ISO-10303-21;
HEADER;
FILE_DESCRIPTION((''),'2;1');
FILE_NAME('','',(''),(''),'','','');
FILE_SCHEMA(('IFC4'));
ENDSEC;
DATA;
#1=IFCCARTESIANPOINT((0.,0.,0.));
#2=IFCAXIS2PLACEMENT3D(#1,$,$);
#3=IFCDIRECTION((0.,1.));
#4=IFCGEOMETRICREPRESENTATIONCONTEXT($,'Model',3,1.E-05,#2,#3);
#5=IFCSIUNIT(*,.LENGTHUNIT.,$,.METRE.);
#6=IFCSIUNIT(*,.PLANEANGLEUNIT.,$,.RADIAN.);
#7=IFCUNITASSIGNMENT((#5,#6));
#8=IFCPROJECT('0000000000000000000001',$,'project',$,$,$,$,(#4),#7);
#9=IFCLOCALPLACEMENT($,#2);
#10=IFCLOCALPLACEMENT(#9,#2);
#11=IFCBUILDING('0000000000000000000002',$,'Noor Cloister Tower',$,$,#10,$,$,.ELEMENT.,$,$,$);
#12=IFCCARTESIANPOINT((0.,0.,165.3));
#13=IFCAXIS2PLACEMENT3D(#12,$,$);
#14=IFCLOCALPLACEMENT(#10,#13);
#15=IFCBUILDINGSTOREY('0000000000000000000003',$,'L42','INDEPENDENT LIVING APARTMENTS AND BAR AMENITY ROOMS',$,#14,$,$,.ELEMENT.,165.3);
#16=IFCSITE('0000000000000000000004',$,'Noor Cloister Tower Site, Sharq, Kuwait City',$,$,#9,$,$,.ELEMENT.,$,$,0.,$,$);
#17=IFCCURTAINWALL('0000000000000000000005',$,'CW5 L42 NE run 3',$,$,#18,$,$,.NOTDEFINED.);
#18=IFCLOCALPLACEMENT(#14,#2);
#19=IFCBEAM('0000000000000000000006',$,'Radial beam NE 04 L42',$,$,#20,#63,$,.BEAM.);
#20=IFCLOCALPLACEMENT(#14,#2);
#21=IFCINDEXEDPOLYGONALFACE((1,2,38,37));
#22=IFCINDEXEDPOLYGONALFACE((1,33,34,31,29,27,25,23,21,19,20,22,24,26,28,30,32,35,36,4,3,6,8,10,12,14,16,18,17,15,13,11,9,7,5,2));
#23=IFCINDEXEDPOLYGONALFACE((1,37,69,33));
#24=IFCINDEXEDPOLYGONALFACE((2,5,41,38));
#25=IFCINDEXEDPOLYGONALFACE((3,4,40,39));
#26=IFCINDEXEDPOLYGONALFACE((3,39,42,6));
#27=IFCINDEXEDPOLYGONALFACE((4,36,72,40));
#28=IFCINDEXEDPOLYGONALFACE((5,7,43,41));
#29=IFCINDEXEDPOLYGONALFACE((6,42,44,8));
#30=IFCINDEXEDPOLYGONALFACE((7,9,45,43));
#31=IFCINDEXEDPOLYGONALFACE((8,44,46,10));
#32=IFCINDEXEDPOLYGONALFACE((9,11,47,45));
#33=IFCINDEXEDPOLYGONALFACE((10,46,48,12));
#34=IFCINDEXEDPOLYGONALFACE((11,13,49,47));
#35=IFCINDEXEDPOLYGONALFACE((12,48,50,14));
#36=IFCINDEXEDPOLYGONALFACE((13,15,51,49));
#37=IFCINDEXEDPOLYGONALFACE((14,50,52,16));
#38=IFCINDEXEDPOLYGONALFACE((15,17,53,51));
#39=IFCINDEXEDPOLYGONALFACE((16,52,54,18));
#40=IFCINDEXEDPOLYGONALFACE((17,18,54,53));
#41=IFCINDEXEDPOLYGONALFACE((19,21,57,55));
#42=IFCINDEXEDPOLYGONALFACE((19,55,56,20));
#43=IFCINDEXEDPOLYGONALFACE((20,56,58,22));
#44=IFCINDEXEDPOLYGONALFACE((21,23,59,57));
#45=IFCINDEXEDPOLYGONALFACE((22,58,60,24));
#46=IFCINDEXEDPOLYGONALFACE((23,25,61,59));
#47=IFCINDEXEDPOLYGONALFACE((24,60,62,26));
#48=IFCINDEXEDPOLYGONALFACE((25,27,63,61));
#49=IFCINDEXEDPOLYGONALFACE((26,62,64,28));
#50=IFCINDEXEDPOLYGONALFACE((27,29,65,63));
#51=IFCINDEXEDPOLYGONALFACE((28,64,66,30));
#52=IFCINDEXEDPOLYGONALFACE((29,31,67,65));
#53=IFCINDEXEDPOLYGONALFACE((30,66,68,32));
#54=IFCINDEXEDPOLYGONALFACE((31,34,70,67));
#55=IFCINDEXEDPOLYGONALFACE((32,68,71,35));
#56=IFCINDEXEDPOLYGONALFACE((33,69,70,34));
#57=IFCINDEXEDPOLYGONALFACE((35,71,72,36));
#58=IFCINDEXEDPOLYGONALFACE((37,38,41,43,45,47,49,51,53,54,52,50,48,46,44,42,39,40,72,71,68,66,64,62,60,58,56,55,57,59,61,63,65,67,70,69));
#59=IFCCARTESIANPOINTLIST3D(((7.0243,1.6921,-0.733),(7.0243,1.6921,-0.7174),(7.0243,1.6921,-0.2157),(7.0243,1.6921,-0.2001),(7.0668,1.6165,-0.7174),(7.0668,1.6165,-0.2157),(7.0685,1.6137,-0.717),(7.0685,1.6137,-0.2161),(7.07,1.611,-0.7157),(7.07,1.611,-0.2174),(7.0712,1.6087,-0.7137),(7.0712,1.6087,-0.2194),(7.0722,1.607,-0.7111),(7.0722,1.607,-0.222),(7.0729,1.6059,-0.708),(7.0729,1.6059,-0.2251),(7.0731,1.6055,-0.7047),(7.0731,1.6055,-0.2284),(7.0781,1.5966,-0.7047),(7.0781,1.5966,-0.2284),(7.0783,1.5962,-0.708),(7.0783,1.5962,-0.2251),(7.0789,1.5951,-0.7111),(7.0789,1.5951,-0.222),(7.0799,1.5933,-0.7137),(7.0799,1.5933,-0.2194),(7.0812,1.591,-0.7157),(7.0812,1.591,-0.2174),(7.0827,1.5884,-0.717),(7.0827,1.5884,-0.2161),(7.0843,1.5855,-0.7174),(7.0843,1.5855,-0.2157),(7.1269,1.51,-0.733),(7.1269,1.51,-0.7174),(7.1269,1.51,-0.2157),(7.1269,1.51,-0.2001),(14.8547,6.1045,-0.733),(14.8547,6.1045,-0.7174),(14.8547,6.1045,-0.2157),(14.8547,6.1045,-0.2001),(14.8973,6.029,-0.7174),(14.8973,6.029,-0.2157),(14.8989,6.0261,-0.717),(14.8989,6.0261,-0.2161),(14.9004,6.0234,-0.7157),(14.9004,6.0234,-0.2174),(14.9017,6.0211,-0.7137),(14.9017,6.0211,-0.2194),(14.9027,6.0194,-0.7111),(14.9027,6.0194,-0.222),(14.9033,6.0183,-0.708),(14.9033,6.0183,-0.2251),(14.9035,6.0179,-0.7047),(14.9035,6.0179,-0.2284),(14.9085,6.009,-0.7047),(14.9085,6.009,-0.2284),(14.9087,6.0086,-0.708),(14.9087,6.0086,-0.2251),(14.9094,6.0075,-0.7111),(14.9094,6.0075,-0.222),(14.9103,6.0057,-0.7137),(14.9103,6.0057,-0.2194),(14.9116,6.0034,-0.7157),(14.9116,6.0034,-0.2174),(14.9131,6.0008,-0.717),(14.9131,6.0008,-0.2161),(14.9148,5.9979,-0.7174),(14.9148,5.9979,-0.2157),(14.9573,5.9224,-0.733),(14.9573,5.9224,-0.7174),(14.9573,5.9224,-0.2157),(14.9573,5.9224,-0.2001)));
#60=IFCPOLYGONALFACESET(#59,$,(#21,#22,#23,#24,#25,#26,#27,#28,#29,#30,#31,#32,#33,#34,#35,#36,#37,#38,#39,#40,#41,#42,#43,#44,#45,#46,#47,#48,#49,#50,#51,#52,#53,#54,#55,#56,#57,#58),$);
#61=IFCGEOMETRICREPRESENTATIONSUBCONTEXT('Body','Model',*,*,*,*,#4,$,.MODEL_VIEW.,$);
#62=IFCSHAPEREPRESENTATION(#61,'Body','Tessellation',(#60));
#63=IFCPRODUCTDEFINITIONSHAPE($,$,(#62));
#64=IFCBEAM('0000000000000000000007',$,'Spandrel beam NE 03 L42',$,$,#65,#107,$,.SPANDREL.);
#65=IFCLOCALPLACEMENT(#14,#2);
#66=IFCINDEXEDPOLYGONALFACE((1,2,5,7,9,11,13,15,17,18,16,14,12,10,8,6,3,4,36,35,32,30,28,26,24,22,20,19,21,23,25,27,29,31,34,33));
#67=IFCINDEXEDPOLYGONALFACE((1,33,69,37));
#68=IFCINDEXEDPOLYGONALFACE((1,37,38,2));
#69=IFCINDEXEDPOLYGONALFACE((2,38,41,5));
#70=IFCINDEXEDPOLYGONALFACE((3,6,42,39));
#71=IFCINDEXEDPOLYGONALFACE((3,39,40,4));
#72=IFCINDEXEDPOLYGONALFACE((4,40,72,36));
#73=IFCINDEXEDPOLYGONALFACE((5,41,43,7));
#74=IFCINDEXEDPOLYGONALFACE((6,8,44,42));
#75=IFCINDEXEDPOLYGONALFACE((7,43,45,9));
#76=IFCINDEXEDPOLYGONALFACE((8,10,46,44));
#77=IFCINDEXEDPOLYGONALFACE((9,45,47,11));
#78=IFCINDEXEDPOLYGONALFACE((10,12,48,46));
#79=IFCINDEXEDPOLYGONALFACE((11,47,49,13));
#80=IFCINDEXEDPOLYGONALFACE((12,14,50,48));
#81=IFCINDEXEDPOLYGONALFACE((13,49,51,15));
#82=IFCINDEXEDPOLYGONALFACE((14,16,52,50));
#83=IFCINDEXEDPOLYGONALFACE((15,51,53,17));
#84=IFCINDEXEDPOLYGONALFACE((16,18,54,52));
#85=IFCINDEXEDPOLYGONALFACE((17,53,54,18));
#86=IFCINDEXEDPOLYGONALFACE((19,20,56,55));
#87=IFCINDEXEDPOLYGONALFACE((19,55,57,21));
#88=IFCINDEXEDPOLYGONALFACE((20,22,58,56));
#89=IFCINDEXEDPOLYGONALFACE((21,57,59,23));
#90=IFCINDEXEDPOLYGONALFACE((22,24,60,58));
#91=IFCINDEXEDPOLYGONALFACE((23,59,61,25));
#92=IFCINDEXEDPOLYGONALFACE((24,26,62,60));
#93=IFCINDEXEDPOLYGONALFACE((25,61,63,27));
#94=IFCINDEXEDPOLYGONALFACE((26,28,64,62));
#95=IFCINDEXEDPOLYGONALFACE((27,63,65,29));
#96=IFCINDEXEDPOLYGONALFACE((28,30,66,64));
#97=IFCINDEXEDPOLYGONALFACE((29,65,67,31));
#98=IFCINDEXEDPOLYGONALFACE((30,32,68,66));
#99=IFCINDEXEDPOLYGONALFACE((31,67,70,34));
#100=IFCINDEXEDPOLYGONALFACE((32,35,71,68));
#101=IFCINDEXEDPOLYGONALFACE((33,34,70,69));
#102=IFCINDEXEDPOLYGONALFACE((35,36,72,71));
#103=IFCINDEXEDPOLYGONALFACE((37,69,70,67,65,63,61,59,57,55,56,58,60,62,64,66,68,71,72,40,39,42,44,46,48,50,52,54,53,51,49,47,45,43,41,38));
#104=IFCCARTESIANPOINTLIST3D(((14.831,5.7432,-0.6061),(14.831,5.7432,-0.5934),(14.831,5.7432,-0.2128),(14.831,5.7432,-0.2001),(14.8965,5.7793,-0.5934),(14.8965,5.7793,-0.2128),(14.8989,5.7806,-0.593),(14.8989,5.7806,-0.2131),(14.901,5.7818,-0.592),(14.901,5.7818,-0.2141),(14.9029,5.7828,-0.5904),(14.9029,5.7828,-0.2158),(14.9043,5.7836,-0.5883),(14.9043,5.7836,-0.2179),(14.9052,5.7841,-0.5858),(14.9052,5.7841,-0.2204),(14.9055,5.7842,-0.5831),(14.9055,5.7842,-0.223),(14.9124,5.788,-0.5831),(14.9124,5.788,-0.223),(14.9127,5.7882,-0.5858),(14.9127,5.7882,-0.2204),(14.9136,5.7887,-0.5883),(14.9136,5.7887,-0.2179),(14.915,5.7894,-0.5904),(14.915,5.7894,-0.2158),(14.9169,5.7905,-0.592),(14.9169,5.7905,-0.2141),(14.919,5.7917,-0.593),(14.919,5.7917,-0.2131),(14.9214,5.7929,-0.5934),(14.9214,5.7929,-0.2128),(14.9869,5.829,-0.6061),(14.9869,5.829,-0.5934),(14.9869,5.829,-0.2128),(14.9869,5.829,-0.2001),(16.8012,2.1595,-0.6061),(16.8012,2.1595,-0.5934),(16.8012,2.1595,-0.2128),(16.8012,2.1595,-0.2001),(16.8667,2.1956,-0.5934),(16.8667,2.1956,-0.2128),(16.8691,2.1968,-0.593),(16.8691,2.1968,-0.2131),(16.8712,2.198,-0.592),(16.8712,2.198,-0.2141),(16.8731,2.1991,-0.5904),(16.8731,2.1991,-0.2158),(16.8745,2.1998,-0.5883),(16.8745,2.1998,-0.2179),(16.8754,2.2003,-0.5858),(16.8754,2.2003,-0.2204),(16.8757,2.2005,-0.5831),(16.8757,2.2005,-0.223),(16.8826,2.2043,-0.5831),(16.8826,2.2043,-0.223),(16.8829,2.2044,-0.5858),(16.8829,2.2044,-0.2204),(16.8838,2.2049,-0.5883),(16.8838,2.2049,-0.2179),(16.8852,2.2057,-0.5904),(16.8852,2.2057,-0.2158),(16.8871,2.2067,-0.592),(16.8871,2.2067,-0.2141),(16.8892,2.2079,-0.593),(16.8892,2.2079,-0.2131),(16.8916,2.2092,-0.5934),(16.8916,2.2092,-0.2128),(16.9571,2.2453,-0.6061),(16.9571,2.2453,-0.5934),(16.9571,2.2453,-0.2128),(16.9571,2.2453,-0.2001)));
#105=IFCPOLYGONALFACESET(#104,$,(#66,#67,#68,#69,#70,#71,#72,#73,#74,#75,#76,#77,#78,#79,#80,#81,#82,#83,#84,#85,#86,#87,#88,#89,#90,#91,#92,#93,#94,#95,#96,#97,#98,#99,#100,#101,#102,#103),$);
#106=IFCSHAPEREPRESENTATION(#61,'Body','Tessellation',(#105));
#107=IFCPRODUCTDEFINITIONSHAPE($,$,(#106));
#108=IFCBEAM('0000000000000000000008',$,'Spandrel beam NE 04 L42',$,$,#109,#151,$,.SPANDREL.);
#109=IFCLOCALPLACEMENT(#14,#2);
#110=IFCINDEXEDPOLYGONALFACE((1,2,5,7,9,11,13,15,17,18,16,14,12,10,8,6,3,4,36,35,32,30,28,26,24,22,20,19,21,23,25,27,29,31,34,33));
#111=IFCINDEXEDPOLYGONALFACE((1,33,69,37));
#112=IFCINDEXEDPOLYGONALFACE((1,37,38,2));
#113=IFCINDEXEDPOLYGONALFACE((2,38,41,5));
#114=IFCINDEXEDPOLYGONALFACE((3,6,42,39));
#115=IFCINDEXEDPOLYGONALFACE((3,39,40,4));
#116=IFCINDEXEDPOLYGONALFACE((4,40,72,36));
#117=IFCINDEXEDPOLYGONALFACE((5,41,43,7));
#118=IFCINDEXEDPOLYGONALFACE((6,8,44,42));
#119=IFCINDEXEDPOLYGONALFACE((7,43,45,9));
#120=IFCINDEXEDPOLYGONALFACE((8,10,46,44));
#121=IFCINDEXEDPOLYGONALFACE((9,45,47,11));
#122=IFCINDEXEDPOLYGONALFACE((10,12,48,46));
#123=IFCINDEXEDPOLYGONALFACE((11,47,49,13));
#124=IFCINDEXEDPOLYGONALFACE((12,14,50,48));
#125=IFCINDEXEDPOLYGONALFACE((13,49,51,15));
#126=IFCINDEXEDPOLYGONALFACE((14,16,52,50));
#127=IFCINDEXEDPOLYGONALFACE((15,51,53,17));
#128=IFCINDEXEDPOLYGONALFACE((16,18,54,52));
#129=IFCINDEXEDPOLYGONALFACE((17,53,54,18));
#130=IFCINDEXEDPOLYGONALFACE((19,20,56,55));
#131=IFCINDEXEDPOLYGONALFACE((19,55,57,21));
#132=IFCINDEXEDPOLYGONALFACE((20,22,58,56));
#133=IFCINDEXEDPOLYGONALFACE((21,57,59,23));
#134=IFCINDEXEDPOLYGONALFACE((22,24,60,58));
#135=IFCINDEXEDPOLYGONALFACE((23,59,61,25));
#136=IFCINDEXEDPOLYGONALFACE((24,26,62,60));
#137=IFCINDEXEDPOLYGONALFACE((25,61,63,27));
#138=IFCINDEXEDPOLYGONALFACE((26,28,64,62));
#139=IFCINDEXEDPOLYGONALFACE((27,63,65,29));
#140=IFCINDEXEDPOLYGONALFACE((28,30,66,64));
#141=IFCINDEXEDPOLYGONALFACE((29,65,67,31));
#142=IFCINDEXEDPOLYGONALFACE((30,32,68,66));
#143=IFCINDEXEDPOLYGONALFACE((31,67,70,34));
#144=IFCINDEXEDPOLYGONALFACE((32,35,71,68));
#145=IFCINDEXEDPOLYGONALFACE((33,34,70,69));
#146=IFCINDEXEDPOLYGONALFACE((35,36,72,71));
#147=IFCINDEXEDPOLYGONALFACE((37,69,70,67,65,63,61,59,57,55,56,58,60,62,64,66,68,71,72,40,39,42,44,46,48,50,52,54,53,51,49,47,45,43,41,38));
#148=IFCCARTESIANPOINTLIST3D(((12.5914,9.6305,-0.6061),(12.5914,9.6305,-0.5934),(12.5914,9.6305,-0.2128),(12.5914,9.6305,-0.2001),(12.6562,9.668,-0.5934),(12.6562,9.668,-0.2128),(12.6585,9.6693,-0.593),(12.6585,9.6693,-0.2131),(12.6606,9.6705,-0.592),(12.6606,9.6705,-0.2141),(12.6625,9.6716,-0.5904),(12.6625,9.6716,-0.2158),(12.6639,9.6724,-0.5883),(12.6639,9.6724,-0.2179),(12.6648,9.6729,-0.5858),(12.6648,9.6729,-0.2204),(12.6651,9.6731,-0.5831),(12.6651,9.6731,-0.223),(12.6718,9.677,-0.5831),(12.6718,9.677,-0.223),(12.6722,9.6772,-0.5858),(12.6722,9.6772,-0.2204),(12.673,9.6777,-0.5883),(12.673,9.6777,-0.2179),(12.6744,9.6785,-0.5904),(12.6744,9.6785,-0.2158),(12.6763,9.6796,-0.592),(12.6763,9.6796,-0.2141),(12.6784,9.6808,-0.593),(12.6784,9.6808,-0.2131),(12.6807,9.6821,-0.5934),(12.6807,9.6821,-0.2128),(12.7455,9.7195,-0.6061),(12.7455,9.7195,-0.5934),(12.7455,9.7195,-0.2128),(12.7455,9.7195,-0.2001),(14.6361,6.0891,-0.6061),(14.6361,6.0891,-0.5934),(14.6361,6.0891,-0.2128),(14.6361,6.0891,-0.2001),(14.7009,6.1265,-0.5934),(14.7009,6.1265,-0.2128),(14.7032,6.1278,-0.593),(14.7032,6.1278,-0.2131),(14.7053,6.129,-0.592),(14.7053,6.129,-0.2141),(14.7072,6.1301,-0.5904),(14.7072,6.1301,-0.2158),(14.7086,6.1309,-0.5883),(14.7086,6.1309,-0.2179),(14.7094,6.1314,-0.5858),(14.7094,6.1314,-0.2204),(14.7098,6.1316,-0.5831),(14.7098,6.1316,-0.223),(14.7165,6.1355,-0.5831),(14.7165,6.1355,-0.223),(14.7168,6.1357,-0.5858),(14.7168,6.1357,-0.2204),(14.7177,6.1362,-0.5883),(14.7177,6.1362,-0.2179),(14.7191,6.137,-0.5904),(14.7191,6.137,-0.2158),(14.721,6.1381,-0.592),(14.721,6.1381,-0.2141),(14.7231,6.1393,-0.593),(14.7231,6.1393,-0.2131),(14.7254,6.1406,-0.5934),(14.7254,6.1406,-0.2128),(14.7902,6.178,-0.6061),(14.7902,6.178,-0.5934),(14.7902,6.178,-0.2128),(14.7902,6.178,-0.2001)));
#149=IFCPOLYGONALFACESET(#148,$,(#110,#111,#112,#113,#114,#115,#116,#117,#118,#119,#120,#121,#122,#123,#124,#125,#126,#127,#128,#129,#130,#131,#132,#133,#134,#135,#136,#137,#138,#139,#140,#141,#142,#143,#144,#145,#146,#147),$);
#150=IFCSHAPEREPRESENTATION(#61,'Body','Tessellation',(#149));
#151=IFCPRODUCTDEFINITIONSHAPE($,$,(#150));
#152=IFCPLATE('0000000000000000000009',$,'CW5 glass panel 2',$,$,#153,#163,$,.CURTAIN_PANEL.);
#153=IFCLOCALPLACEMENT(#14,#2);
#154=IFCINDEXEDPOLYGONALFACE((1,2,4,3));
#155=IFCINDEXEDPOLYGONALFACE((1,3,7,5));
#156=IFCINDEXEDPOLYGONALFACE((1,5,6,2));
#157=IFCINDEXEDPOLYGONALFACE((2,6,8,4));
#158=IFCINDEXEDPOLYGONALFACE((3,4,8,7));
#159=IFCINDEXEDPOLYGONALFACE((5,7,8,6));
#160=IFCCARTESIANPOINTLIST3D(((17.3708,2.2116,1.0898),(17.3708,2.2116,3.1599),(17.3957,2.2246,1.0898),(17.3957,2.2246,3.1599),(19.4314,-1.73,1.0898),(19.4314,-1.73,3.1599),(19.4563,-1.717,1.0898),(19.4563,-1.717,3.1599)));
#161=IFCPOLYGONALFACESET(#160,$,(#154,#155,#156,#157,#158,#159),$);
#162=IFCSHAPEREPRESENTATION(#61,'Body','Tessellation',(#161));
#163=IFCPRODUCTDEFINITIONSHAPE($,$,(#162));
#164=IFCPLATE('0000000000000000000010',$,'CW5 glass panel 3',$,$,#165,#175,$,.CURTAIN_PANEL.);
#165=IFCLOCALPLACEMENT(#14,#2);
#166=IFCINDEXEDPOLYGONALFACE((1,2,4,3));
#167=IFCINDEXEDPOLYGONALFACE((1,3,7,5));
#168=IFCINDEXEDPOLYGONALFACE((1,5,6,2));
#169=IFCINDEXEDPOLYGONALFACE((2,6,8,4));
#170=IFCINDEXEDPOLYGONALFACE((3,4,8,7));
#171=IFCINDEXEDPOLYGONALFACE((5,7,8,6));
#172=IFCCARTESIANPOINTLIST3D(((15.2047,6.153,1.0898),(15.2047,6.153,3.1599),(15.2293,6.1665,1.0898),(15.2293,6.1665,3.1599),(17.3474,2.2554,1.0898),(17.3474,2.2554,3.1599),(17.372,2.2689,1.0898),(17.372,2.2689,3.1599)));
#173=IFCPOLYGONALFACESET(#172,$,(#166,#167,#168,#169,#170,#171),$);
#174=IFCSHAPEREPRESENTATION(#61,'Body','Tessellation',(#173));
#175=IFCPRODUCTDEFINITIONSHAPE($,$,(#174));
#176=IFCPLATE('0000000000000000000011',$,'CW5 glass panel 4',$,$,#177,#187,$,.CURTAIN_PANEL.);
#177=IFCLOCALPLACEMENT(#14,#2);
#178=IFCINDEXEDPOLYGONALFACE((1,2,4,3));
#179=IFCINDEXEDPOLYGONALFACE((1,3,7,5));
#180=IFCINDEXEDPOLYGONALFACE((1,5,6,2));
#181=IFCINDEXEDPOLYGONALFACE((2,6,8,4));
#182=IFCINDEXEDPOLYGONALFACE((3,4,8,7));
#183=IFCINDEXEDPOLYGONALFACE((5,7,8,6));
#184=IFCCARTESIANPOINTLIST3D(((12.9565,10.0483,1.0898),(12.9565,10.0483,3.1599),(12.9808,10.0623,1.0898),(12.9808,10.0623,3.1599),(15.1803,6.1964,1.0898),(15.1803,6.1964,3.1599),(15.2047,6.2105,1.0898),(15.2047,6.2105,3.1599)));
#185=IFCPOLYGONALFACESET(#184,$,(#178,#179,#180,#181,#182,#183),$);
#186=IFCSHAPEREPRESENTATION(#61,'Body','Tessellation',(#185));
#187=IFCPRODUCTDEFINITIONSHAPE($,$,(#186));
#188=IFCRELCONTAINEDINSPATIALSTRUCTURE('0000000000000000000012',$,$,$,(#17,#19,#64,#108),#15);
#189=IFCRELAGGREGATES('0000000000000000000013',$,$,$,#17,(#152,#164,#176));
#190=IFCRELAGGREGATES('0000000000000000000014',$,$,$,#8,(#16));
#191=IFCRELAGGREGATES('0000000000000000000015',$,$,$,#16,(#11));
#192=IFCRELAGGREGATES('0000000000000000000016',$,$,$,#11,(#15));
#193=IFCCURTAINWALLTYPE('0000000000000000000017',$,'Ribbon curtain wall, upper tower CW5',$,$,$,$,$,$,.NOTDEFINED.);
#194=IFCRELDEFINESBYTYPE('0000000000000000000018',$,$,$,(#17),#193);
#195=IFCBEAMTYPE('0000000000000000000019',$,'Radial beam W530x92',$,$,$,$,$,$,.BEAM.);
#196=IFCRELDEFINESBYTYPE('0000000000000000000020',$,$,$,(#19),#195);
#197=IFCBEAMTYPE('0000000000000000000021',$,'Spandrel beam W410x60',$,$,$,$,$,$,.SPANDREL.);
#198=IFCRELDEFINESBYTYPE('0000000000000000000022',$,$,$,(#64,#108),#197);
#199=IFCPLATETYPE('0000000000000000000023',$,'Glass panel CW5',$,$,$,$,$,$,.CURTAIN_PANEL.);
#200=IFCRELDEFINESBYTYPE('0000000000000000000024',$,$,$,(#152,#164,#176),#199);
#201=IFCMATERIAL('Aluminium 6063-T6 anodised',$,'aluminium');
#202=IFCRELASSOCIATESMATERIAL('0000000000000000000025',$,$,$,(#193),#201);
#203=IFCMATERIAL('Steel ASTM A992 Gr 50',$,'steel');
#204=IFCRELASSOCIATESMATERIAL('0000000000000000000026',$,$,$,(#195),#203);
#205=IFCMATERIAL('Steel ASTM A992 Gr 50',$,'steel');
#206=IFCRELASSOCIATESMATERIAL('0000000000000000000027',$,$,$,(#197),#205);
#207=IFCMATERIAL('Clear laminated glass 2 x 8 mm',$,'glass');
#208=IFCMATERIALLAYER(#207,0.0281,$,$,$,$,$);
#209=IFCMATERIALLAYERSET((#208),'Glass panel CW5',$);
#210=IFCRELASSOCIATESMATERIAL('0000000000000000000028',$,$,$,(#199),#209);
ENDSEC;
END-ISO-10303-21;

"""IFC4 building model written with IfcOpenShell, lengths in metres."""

from ifc_helpers import new_model, si_unit, direction, frame, origin, origin_2d, place, context, subcontext, project, spatial, rectangle, i_section, extrude, material, layer, layer_set, material_profile, profile_set, type_object, element, aggregate, save


model = new_model("IFC4")

# Units and contexts
model_context = context("Model", 3, precision=1e-05, world=origin(), true_north=direction((0.0, 1.0)))
body_context = subcontext(model_context, "Body", "Model", "MODEL_VIEW")
ifc_project = project(units=[si_unit("LENGTHUNIT", "METRE"), si_unit("PLANEANGLEUNIT", "RADIAN")], contexts=[model_context])

# Site, building, storey
site_placement = place(None, origin())
site = spatial("IfcSite", under=ifc_project, at=site_placement, Name="Noor Cloister Tower Site, Sharq, Kuwait City", CompositionType="ELEMENT", RefElevation=0.0)
building_placement = place(site_placement, origin())
building = spatial("IfcBuilding", under=site, at=building_placement, Name="Noor Cloister Tower", CompositionType="ELEMENT")
storey_placement = place(building_placement, frame((0.0, 0.0, 165.3)))
storey = spatial("IfcBuildingStorey", under=building, at=storey_placement, Name="L42", Description="INDEPENDENT LIVING APARTMENTS AND BAR AMENITY ROOMS", CompositionType="ELEMENT", Elevation=165.3)

# Curtain wall
ifc_material_1 = material(Name="Aluminium 6063-T6 anodised", Category="aluminium")
curtain_wall_type = type_object("IfcCurtainWallType", Name="Ribbon curtain wall, upper tower CW5", PredefinedType="NOTDEFINED", material=ifc_material_1)
curtain_wall_placement = place(storey_placement, origin())
curtain_wall = element("IfcCurtainWall", 1, at=curtain_wall_placement, inside=storey, type_object=curtain_wall_type, Name="CW5 L42 NE run 3", PredefinedType="NOTDEFINED")

# Beams
ifc_material_2 = material(Name="Steel ASTM A992 Gr 50", Category="steel")
ifc_material_profile_1 = material_profile(ifc_material_2, i_section(OverallWidth=0.209, OverallDepth=0.533, WebThickness=0.0103, FlangeThickness=0.0156, FilletRadius=0.0127, at=origin_2d()), Name="W530x92")
ifc_profile_set_1 = profile_set([ifc_material_profile_1], Name="Steel ASTM A992 Gr 50")
beam_type_1 = type_object("IfcBeamType", Name="Radial beam W530x92", PredefinedType="BEAM", material=ifc_profile_set_1)
beam_1_placement = place(storey_placement, frame((14.906, 6.0134, -0.4666), z_axis=(-0.871205, -0.49092, 0.0), x_axis=(0.49092, -0.871205, 0.0)))
element("IfcBeam", 2, at=beam_1_placement, inside=storey, type_object=beam_type_1, Name="Radial beam NE 04 L42", PredefinedType="BEAM", context=body_context, shape_type="SweptSolid", body=[
    extrude(i_section(OverallWidth=0.209, OverallDepth=0.533, WebThickness=0.0103, FlangeThickness=0.0156, FilletRadius=0.0127, at=origin_2d()), origin(), (0.0, 0.0, 1.0), 8.988),
])
ifc_material_3 = material(Name="Steel ASTM A992 Gr 50", Category="steel")
ifc_material_profile_2 = material_profile(ifc_material_3, i_section(OverallWidth=0.178, OverallDepth=0.406, WebThickness=0.0078, FlangeThickness=0.0127, FilletRadius=0.0103, at=origin_2d()), Name="W410x60")
ifc_profile_set_2 = profile_set([ifc_material_profile_2], Name="Steel ASTM A992 Gr 50")
beam_type_2 = type_object("IfcBeamType", Name="Spandrel beam W410x60", PredefinedType="SPANDREL", material=ifc_profile_set_2)
beam_2_placement = place(storey_placement, frame((16.8792, 2.2024, -0.4031), z_axis=(-0.481761, 0.876303, 0.0), x_axis=(-0.876303, -0.481761, 0.0)))
element("IfcBeam", 3, at=beam_2_placement, inside=storey, type_object=beam_type_2, Name="Spandrel beam NE 03 L42", PredefinedType="SPANDREL", context=body_context, shape_type="SweptSolid", body=[
    extrude(i_section(OverallWidth=0.178, OverallDepth=0.406, WebThickness=0.0078, FlangeThickness=0.0127, FilletRadius=0.0103, at=origin_2d()), origin(), (0.0, 0.0, 1.0), 4.0896),
])
beam_3_placement = place(storey_placement, frame((14.7131, 6.1335, -0.4031), z_axis=(-0.499998, 0.866027, 0.0), x_axis=(-0.866027, -0.499998, 0.0)))
element("IfcBeam", 4, at=beam_3_placement, inside=storey, type_object=beam_type_2, Name="Spandrel beam NE 04 L42", PredefinedType="SPANDREL", context=body_context, shape_type="SweptSolid", body=[
    extrude(i_section(OverallWidth=0.178, OverallDepth=0.406, WebThickness=0.0078, FlangeThickness=0.0127, FilletRadius=0.0103, at=origin_2d()), origin(), (0.0, 0.0, 1.0), 4.0894),
])

# Plates
ifc_material_4 = material(Name="Clear laminated glass 2 x 8 mm", Category="glass")
ifc_layer_1 = layer(ifc_material_4, 0.0281)
ifc_layer_set_1 = layer_set([ifc_layer_1], Name="Glass panel CW5")
plate_type = type_object("IfcPlateType", Name="Glass panel CW5", PredefinedType="CURTAIN_PANEL", material=ifc_layer_set_1)
plate_1_placement = place(storey_placement, frame((18.4136, 0.2473, 1.0898), z_axis=(0.0, 0.0, 1.0), x_axis=(-0.463292, 0.886206, 0.0)))
plate_1 = element("IfcPlate", 5, at=plate_1_placement, type_object=plate_type, Name="CW5 glass panel 2", PredefinedType="CURTAIN_PANEL", context=body_context, shape_type="SweptSolid", body=[
    extrude(rectangle(XDim=4.4478, YDim=0.0281, at=origin_2d()), origin(), (0.0, 0.0, 1.0), 2.0701),
])
plate_2_placement = place(storey_placement, frame((16.2883, 4.2109, 1.0898), z_axis=(0.0, 0.0, 1.0), x_axis=(-0.481752, 0.876308, 0.0)))
plate_2 = element("IfcPlate", 6, at=plate_2_placement, type_object=plate_type, Name="CW5 glass panel 3", PredefinedType="CURTAIN_PANEL", context=body_context, shape_type="SweptSolid", body=[
    extrude(rectangle(XDim=4.4478, YDim=0.0281, at=origin_2d()), origin(), (0.0, 0.0, 1.0), 2.0701),
])
plate_3_placement = place(storey_placement, frame((14.0806, 8.1294, 1.0898), z_axis=(0.0, 0.0, 1.0), x_axis=(-0.5, 0.866025, 0.0)))
plate_3 = element("IfcPlate", 7, at=plate_3_placement, type_object=plate_type, Name="CW5 glass panel 4", PredefinedType="CURTAIN_PANEL", context=body_context, shape_type="SweptSolid", body=[
    extrude(rectangle(XDim=4.4478, YDim=0.0281, at=origin_2d()), origin(), (0.0, 0.0, 1.0), 2.0701),
])
aggregate(curtain_wall, [plate_1, plate_2, plate_3])

save(model, "model.ifc")
